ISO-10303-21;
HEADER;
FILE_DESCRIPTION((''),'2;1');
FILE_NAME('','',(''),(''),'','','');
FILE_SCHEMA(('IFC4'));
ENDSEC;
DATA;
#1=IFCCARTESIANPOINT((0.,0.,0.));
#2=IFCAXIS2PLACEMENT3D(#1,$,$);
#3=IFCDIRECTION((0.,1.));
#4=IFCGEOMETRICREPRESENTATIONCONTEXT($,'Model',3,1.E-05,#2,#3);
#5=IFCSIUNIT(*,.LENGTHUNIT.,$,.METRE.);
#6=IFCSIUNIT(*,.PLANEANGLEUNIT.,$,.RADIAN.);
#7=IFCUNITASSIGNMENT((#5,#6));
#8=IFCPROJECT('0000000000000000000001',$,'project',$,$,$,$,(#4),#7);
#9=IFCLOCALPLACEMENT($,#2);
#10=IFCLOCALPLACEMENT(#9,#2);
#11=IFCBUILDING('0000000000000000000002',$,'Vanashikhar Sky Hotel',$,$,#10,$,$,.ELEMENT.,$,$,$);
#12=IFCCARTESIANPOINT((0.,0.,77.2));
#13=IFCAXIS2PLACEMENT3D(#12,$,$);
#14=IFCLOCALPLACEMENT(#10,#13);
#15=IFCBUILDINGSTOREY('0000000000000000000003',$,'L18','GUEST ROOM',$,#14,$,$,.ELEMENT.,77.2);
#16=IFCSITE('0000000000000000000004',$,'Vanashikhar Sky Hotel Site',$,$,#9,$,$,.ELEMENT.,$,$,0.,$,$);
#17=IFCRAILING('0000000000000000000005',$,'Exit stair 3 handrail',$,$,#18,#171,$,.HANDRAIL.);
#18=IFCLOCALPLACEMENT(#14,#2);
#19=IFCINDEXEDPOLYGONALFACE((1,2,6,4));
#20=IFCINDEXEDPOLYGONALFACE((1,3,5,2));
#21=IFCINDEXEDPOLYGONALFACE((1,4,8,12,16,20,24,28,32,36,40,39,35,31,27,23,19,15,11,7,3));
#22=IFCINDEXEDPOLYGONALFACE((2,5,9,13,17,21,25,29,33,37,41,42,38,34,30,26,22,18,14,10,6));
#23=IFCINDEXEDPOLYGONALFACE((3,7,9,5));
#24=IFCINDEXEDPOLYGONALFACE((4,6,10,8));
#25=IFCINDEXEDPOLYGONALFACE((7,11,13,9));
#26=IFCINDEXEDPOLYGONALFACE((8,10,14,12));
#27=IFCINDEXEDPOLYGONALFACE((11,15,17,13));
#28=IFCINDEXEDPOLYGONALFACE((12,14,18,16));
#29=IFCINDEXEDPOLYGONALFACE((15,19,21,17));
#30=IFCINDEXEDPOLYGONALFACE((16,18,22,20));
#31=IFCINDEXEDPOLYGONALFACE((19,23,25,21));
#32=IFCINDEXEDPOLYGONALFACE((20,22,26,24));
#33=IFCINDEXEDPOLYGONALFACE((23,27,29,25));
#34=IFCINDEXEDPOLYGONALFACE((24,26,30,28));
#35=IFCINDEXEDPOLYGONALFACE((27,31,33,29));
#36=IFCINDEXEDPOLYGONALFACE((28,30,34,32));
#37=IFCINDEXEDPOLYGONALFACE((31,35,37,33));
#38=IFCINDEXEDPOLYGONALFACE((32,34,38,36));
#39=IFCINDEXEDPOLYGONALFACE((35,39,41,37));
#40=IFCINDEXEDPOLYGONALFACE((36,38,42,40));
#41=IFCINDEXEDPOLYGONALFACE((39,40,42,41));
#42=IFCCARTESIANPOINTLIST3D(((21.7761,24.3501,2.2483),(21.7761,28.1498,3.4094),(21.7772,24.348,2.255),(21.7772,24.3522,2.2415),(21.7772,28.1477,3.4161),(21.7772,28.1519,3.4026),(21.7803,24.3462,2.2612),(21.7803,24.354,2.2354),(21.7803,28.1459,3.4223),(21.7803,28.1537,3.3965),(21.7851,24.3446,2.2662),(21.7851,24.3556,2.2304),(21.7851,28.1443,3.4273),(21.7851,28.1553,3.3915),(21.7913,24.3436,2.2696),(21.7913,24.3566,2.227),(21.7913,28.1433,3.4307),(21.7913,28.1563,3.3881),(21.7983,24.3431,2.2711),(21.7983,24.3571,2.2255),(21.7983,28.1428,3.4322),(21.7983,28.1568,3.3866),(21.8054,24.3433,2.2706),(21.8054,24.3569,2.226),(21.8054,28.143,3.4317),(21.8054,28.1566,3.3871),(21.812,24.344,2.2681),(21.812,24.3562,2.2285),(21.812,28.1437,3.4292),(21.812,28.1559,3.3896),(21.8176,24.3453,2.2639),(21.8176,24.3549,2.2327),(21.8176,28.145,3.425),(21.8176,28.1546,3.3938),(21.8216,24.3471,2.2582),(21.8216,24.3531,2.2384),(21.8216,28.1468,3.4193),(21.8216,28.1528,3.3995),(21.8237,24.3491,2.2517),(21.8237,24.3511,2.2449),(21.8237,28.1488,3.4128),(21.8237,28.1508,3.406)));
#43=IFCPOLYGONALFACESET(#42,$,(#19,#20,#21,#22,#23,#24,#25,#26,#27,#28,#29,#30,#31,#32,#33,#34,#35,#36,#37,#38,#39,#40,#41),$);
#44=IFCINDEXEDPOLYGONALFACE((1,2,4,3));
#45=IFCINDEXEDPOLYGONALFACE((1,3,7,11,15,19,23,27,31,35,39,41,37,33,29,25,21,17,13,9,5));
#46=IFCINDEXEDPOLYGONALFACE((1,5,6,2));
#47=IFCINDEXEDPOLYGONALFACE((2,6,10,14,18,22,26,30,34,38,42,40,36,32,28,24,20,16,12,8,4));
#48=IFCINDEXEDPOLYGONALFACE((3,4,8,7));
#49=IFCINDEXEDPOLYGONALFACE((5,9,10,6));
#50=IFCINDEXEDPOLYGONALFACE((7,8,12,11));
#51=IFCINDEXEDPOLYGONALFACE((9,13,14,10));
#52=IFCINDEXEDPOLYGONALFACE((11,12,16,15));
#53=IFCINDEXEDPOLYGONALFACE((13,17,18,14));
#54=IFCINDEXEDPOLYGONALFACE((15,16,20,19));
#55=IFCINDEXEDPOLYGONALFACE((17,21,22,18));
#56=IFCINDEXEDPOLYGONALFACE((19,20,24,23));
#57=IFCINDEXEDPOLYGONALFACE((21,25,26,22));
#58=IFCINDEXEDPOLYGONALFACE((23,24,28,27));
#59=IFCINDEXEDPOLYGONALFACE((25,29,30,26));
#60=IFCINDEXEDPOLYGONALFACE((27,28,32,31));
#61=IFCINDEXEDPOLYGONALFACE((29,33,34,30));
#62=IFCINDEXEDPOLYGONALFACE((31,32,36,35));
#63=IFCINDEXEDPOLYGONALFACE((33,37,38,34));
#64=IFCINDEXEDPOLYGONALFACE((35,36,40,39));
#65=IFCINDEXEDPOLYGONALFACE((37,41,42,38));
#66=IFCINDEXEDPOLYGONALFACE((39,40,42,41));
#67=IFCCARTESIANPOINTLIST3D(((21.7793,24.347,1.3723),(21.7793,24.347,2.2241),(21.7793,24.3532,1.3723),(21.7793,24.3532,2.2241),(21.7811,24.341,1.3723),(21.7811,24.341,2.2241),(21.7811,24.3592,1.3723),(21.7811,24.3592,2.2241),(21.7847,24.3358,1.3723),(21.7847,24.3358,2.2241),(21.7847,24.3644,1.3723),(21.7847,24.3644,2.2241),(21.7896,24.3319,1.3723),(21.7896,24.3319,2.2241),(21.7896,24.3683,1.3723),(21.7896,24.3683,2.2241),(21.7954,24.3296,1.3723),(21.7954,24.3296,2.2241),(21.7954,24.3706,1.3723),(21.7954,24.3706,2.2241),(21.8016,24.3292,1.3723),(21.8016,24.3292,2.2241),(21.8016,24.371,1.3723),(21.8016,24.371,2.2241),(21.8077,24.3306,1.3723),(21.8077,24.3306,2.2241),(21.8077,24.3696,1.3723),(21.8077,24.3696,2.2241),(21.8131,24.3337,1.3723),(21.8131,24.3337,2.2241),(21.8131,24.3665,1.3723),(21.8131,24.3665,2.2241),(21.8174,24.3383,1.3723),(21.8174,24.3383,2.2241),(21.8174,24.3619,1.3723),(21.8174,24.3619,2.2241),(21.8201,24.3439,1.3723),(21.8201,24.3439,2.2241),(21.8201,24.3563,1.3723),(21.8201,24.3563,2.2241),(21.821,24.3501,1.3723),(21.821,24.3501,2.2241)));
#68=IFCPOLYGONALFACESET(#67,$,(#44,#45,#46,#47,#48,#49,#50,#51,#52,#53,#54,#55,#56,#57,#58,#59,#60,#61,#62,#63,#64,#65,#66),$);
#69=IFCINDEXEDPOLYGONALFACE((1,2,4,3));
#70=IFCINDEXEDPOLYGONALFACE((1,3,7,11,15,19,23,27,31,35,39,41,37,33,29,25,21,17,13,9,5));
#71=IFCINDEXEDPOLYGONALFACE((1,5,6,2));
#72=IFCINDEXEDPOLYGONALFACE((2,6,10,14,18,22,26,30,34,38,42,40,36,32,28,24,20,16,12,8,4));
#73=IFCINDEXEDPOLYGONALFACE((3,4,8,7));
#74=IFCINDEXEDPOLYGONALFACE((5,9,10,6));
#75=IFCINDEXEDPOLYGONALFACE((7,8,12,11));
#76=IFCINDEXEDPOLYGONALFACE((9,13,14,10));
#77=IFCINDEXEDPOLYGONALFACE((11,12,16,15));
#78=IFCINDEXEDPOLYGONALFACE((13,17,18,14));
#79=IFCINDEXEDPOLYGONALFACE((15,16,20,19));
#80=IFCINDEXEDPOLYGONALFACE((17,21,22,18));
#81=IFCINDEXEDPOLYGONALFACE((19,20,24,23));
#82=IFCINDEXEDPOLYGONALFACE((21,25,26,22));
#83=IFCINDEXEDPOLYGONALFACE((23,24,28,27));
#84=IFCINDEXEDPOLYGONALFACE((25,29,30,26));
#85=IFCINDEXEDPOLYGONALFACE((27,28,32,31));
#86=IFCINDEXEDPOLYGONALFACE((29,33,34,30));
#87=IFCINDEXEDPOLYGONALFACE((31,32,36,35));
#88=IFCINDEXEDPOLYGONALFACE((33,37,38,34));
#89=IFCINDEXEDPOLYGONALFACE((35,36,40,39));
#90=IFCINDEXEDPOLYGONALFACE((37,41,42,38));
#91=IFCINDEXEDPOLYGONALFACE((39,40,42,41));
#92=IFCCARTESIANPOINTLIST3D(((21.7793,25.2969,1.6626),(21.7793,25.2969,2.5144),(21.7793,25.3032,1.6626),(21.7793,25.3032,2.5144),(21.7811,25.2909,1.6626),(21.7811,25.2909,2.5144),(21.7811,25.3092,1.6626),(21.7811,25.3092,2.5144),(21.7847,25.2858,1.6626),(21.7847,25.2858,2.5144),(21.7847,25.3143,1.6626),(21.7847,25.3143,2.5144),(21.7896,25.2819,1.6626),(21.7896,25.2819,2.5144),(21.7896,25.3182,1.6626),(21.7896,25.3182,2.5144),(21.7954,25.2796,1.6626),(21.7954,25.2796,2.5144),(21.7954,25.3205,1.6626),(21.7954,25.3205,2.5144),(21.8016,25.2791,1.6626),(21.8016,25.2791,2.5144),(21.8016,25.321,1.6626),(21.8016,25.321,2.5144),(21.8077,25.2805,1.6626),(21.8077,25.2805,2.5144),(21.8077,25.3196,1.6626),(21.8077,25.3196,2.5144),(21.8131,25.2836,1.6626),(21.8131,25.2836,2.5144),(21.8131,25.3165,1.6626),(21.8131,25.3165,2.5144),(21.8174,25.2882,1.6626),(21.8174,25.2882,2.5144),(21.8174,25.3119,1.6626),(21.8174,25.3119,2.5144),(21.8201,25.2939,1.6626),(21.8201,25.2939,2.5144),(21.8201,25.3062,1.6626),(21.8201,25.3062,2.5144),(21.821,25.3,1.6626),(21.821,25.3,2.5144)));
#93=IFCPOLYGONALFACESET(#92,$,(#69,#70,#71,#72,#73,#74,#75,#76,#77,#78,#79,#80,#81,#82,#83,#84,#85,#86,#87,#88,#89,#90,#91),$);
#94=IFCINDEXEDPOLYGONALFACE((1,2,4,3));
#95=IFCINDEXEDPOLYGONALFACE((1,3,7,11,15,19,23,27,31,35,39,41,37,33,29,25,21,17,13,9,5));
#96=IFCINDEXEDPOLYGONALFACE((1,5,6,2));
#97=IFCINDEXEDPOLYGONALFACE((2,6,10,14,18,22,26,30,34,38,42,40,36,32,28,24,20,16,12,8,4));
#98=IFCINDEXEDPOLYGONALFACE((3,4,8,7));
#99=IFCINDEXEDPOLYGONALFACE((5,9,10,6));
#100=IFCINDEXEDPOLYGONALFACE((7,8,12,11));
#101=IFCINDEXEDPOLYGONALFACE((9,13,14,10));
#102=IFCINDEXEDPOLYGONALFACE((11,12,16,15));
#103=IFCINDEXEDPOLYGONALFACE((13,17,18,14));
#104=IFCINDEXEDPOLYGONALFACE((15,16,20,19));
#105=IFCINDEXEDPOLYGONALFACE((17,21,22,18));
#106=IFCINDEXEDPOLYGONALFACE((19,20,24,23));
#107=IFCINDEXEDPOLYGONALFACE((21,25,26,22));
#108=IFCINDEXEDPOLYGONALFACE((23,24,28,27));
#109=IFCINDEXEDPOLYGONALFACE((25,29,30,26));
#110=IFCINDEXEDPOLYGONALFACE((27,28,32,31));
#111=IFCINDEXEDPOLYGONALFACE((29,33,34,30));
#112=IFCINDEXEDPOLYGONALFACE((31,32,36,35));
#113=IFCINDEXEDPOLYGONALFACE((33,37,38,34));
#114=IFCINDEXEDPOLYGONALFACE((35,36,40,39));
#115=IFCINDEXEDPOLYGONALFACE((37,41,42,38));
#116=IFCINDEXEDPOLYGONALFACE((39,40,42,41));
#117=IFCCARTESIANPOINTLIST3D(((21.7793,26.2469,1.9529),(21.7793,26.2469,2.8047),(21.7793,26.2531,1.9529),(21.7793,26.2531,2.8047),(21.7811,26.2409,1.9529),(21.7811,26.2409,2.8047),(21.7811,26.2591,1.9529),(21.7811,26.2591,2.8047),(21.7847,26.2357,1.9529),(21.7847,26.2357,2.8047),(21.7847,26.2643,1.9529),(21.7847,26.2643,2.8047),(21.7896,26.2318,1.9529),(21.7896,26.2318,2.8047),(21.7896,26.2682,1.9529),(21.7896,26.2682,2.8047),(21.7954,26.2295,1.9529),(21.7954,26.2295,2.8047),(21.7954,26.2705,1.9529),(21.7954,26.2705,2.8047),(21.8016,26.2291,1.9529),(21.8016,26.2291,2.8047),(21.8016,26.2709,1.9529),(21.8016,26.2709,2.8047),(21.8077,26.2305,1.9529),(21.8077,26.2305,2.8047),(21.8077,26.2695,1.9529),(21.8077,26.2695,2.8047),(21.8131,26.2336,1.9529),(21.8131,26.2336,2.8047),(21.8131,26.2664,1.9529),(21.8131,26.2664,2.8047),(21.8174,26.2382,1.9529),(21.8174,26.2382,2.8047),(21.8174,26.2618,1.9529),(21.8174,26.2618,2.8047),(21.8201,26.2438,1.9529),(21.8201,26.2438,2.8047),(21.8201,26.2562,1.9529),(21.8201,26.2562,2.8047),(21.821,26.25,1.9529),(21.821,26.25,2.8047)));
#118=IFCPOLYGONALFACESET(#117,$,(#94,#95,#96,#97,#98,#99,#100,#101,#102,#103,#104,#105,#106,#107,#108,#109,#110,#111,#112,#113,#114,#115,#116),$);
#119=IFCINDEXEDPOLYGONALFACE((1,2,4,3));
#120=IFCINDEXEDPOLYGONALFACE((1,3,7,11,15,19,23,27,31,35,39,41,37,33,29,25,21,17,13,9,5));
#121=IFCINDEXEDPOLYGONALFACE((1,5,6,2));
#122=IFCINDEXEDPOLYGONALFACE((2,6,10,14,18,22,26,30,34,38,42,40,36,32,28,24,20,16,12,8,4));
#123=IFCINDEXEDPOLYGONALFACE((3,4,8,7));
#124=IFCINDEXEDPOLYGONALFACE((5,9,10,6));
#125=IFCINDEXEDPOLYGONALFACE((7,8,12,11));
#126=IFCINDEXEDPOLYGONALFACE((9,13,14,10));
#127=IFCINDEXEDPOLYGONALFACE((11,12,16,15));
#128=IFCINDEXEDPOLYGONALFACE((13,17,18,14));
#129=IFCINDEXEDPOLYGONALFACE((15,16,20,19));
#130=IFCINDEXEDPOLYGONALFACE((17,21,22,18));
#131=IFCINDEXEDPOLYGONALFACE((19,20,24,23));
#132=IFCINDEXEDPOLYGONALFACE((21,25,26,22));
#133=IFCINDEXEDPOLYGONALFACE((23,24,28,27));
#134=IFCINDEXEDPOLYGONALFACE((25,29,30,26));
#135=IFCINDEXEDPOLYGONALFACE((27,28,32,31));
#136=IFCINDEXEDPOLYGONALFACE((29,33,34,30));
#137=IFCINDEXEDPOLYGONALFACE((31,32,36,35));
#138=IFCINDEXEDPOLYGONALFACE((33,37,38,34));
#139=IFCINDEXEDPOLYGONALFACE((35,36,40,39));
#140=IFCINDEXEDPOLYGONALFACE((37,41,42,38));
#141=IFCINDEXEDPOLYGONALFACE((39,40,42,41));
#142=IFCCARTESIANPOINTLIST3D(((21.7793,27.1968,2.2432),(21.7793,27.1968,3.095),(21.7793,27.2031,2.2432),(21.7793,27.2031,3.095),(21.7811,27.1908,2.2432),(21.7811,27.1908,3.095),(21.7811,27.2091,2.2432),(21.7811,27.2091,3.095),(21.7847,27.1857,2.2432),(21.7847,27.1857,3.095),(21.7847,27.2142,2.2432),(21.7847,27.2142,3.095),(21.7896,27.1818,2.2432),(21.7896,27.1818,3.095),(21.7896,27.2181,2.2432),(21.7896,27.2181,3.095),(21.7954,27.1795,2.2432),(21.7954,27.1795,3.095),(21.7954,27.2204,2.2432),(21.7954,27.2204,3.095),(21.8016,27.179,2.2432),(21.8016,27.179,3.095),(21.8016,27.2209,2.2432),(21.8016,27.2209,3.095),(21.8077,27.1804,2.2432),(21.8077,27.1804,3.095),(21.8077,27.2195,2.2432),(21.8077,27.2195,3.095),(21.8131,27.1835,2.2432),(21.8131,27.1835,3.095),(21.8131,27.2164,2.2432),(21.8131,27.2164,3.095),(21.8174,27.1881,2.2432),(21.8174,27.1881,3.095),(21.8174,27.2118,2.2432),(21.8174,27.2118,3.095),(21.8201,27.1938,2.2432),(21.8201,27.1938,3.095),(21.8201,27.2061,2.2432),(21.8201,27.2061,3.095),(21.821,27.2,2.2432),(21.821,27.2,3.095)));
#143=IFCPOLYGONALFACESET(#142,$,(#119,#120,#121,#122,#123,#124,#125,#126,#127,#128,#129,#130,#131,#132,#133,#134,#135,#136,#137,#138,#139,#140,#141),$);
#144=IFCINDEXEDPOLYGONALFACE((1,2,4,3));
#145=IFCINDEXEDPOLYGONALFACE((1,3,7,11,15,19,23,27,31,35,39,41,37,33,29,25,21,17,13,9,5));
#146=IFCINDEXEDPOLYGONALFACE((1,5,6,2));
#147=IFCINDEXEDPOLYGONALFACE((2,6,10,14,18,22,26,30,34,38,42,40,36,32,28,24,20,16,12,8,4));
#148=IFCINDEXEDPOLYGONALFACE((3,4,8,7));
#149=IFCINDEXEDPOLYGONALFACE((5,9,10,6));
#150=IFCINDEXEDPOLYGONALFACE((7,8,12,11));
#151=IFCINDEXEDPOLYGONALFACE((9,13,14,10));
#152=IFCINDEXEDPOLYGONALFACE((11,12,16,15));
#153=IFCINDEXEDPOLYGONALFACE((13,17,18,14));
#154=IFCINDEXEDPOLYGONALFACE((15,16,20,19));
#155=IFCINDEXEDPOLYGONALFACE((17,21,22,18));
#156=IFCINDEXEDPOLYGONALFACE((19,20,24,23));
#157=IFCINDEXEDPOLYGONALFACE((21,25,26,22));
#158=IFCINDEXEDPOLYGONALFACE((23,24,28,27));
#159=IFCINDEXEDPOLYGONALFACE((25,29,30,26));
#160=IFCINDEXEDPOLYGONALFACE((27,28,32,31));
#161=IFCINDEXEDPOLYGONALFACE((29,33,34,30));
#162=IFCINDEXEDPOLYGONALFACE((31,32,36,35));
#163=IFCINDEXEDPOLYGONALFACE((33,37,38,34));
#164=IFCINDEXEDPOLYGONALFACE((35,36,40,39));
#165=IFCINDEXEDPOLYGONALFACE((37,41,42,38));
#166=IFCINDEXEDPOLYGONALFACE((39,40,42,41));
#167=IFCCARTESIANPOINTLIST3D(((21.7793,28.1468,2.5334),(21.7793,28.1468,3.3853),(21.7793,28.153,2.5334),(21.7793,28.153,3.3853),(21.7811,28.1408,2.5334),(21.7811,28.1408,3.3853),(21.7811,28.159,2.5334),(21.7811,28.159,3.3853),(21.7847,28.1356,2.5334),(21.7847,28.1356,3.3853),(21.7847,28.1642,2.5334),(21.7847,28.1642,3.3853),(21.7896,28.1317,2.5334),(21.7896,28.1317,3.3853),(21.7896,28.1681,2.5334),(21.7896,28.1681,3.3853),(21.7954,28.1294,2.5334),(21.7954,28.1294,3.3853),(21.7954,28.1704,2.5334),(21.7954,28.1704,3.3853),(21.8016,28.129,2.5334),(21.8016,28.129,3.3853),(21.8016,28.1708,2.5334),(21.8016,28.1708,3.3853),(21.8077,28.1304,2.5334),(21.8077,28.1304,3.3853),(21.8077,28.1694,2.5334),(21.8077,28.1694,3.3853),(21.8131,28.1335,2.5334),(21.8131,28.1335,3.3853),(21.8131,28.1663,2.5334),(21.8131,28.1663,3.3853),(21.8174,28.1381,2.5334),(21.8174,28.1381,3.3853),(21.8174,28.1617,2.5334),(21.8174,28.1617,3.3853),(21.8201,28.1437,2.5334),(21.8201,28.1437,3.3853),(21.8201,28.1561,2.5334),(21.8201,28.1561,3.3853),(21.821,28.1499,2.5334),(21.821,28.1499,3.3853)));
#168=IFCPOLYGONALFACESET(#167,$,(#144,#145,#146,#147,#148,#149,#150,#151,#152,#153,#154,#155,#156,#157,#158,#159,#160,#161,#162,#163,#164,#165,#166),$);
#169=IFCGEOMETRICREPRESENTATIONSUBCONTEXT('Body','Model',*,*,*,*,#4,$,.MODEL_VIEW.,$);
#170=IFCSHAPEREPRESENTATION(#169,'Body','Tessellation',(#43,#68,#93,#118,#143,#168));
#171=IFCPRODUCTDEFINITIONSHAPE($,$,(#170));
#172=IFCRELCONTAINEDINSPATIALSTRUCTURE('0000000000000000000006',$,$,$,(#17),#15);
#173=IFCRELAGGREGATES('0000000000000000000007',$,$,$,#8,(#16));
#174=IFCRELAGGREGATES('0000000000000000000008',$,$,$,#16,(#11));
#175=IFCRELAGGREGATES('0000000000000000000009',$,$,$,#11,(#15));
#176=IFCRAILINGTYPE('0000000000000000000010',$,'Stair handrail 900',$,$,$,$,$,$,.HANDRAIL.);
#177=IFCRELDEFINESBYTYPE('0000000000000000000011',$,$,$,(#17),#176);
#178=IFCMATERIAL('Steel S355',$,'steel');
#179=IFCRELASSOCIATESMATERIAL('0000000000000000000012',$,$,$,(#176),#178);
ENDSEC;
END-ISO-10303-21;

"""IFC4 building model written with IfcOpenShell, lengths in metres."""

from ifc_helpers import new_model, si_unit, direction, frame, origin, origin_2d, place, context, subcontext, project, spatial, circle, extrude, source, transform, mapped, material, type_object, element, save


model = new_model("IFC4")

# Units and contexts
model_context = context("Model", 3, precision=1e-05, world=origin(), true_north=direction((0.0, 1.0)))
body_context = subcontext(model_context, "Body", "Model", "MODEL_VIEW")
ifc_project = project(units=[si_unit("LENGTHUNIT", "METRE"), si_unit("PLANEANGLEUNIT", "RADIAN")], contexts=[model_context])

# Site, building, storey
site_placement = place(None, origin())
site = spatial("IfcSite", under=ifc_project, at=site_placement, Name="Vanashikhar Sky Hotel Site", CompositionType="ELEMENT", RefElevation=0.0)
building_placement = place(site_placement, origin())
building = spatial("IfcBuilding", under=site, at=building_placement, Name="Vanashikhar Sky Hotel", CompositionType="ELEMENT")
storey_placement = place(building_placement, frame((0.0, 0.0, 77.2)))
storey = spatial("IfcBuildingStorey", under=building, at=storey_placement, Name="L18", Description="GUEST ROOM", CompositionType="ELEMENT", Elevation=77.2)

# Railing
ifc_material_1 = material(Name="Steel S355", Category="steel")
railing_type_1 = type_object("IfcRailingType", Name="Stair handrail 900", PredefinedType="HANDRAIL", material=ifc_material_1)
shared_shape_1 = source(origin(), body_context, "Body", "SweptSolid", [
    extrude(circle(Radius=0.0239, at=origin_2d()), frame((0.0, 0.0, 0.876), z_axis=(0.0, 0.956346, 0.292237), x_axis=(-1.0, 0.0, 0.0)), (0.0, 0.0, 1.0), 3.9731),
    extrude(circle(Radius=0.021, at=origin_2d()), origin(), (0.0, 0.0, 1.0), 0.8518),
    extrude(circle(Radius=0.021, at=origin_2d()), frame((0.0, 0.95, 0.2903)), (0.0, 0.0, 1.0), 0.8518),
    extrude(circle(Radius=0.021, at=origin_2d()), frame((0.0, 1.8999, 0.5806)), (0.0, 0.0, 1.0), 0.8518),
    extrude(circle(Radius=0.021, at=origin_2d()), frame((0.0, 2.8499, 0.8708)), (0.0, 0.0, 1.0), 0.8518),
    extrude(circle(Radius=0.021, at=origin_2d()), frame((0.0, 3.7998, 1.1611)), (0.0, 0.0, 1.0), 0.8518),
])
railing_1_placement = place(storey_placement, frame((21.8, 24.3501, 1.3723)))
element("IfcRailing", 1, at=railing_1_placement, inside=storey, type_object=railing_type_1, Name="Exit stair 3 handrail", PredefinedType="HANDRAIL", context=body_context, shape_type="MappedRepresentation", body=[
    mapped(shared_shape_1, transform((0.0, 0.0, 0.0), scale=1.0)),
])

save(model, "model.ifc")
